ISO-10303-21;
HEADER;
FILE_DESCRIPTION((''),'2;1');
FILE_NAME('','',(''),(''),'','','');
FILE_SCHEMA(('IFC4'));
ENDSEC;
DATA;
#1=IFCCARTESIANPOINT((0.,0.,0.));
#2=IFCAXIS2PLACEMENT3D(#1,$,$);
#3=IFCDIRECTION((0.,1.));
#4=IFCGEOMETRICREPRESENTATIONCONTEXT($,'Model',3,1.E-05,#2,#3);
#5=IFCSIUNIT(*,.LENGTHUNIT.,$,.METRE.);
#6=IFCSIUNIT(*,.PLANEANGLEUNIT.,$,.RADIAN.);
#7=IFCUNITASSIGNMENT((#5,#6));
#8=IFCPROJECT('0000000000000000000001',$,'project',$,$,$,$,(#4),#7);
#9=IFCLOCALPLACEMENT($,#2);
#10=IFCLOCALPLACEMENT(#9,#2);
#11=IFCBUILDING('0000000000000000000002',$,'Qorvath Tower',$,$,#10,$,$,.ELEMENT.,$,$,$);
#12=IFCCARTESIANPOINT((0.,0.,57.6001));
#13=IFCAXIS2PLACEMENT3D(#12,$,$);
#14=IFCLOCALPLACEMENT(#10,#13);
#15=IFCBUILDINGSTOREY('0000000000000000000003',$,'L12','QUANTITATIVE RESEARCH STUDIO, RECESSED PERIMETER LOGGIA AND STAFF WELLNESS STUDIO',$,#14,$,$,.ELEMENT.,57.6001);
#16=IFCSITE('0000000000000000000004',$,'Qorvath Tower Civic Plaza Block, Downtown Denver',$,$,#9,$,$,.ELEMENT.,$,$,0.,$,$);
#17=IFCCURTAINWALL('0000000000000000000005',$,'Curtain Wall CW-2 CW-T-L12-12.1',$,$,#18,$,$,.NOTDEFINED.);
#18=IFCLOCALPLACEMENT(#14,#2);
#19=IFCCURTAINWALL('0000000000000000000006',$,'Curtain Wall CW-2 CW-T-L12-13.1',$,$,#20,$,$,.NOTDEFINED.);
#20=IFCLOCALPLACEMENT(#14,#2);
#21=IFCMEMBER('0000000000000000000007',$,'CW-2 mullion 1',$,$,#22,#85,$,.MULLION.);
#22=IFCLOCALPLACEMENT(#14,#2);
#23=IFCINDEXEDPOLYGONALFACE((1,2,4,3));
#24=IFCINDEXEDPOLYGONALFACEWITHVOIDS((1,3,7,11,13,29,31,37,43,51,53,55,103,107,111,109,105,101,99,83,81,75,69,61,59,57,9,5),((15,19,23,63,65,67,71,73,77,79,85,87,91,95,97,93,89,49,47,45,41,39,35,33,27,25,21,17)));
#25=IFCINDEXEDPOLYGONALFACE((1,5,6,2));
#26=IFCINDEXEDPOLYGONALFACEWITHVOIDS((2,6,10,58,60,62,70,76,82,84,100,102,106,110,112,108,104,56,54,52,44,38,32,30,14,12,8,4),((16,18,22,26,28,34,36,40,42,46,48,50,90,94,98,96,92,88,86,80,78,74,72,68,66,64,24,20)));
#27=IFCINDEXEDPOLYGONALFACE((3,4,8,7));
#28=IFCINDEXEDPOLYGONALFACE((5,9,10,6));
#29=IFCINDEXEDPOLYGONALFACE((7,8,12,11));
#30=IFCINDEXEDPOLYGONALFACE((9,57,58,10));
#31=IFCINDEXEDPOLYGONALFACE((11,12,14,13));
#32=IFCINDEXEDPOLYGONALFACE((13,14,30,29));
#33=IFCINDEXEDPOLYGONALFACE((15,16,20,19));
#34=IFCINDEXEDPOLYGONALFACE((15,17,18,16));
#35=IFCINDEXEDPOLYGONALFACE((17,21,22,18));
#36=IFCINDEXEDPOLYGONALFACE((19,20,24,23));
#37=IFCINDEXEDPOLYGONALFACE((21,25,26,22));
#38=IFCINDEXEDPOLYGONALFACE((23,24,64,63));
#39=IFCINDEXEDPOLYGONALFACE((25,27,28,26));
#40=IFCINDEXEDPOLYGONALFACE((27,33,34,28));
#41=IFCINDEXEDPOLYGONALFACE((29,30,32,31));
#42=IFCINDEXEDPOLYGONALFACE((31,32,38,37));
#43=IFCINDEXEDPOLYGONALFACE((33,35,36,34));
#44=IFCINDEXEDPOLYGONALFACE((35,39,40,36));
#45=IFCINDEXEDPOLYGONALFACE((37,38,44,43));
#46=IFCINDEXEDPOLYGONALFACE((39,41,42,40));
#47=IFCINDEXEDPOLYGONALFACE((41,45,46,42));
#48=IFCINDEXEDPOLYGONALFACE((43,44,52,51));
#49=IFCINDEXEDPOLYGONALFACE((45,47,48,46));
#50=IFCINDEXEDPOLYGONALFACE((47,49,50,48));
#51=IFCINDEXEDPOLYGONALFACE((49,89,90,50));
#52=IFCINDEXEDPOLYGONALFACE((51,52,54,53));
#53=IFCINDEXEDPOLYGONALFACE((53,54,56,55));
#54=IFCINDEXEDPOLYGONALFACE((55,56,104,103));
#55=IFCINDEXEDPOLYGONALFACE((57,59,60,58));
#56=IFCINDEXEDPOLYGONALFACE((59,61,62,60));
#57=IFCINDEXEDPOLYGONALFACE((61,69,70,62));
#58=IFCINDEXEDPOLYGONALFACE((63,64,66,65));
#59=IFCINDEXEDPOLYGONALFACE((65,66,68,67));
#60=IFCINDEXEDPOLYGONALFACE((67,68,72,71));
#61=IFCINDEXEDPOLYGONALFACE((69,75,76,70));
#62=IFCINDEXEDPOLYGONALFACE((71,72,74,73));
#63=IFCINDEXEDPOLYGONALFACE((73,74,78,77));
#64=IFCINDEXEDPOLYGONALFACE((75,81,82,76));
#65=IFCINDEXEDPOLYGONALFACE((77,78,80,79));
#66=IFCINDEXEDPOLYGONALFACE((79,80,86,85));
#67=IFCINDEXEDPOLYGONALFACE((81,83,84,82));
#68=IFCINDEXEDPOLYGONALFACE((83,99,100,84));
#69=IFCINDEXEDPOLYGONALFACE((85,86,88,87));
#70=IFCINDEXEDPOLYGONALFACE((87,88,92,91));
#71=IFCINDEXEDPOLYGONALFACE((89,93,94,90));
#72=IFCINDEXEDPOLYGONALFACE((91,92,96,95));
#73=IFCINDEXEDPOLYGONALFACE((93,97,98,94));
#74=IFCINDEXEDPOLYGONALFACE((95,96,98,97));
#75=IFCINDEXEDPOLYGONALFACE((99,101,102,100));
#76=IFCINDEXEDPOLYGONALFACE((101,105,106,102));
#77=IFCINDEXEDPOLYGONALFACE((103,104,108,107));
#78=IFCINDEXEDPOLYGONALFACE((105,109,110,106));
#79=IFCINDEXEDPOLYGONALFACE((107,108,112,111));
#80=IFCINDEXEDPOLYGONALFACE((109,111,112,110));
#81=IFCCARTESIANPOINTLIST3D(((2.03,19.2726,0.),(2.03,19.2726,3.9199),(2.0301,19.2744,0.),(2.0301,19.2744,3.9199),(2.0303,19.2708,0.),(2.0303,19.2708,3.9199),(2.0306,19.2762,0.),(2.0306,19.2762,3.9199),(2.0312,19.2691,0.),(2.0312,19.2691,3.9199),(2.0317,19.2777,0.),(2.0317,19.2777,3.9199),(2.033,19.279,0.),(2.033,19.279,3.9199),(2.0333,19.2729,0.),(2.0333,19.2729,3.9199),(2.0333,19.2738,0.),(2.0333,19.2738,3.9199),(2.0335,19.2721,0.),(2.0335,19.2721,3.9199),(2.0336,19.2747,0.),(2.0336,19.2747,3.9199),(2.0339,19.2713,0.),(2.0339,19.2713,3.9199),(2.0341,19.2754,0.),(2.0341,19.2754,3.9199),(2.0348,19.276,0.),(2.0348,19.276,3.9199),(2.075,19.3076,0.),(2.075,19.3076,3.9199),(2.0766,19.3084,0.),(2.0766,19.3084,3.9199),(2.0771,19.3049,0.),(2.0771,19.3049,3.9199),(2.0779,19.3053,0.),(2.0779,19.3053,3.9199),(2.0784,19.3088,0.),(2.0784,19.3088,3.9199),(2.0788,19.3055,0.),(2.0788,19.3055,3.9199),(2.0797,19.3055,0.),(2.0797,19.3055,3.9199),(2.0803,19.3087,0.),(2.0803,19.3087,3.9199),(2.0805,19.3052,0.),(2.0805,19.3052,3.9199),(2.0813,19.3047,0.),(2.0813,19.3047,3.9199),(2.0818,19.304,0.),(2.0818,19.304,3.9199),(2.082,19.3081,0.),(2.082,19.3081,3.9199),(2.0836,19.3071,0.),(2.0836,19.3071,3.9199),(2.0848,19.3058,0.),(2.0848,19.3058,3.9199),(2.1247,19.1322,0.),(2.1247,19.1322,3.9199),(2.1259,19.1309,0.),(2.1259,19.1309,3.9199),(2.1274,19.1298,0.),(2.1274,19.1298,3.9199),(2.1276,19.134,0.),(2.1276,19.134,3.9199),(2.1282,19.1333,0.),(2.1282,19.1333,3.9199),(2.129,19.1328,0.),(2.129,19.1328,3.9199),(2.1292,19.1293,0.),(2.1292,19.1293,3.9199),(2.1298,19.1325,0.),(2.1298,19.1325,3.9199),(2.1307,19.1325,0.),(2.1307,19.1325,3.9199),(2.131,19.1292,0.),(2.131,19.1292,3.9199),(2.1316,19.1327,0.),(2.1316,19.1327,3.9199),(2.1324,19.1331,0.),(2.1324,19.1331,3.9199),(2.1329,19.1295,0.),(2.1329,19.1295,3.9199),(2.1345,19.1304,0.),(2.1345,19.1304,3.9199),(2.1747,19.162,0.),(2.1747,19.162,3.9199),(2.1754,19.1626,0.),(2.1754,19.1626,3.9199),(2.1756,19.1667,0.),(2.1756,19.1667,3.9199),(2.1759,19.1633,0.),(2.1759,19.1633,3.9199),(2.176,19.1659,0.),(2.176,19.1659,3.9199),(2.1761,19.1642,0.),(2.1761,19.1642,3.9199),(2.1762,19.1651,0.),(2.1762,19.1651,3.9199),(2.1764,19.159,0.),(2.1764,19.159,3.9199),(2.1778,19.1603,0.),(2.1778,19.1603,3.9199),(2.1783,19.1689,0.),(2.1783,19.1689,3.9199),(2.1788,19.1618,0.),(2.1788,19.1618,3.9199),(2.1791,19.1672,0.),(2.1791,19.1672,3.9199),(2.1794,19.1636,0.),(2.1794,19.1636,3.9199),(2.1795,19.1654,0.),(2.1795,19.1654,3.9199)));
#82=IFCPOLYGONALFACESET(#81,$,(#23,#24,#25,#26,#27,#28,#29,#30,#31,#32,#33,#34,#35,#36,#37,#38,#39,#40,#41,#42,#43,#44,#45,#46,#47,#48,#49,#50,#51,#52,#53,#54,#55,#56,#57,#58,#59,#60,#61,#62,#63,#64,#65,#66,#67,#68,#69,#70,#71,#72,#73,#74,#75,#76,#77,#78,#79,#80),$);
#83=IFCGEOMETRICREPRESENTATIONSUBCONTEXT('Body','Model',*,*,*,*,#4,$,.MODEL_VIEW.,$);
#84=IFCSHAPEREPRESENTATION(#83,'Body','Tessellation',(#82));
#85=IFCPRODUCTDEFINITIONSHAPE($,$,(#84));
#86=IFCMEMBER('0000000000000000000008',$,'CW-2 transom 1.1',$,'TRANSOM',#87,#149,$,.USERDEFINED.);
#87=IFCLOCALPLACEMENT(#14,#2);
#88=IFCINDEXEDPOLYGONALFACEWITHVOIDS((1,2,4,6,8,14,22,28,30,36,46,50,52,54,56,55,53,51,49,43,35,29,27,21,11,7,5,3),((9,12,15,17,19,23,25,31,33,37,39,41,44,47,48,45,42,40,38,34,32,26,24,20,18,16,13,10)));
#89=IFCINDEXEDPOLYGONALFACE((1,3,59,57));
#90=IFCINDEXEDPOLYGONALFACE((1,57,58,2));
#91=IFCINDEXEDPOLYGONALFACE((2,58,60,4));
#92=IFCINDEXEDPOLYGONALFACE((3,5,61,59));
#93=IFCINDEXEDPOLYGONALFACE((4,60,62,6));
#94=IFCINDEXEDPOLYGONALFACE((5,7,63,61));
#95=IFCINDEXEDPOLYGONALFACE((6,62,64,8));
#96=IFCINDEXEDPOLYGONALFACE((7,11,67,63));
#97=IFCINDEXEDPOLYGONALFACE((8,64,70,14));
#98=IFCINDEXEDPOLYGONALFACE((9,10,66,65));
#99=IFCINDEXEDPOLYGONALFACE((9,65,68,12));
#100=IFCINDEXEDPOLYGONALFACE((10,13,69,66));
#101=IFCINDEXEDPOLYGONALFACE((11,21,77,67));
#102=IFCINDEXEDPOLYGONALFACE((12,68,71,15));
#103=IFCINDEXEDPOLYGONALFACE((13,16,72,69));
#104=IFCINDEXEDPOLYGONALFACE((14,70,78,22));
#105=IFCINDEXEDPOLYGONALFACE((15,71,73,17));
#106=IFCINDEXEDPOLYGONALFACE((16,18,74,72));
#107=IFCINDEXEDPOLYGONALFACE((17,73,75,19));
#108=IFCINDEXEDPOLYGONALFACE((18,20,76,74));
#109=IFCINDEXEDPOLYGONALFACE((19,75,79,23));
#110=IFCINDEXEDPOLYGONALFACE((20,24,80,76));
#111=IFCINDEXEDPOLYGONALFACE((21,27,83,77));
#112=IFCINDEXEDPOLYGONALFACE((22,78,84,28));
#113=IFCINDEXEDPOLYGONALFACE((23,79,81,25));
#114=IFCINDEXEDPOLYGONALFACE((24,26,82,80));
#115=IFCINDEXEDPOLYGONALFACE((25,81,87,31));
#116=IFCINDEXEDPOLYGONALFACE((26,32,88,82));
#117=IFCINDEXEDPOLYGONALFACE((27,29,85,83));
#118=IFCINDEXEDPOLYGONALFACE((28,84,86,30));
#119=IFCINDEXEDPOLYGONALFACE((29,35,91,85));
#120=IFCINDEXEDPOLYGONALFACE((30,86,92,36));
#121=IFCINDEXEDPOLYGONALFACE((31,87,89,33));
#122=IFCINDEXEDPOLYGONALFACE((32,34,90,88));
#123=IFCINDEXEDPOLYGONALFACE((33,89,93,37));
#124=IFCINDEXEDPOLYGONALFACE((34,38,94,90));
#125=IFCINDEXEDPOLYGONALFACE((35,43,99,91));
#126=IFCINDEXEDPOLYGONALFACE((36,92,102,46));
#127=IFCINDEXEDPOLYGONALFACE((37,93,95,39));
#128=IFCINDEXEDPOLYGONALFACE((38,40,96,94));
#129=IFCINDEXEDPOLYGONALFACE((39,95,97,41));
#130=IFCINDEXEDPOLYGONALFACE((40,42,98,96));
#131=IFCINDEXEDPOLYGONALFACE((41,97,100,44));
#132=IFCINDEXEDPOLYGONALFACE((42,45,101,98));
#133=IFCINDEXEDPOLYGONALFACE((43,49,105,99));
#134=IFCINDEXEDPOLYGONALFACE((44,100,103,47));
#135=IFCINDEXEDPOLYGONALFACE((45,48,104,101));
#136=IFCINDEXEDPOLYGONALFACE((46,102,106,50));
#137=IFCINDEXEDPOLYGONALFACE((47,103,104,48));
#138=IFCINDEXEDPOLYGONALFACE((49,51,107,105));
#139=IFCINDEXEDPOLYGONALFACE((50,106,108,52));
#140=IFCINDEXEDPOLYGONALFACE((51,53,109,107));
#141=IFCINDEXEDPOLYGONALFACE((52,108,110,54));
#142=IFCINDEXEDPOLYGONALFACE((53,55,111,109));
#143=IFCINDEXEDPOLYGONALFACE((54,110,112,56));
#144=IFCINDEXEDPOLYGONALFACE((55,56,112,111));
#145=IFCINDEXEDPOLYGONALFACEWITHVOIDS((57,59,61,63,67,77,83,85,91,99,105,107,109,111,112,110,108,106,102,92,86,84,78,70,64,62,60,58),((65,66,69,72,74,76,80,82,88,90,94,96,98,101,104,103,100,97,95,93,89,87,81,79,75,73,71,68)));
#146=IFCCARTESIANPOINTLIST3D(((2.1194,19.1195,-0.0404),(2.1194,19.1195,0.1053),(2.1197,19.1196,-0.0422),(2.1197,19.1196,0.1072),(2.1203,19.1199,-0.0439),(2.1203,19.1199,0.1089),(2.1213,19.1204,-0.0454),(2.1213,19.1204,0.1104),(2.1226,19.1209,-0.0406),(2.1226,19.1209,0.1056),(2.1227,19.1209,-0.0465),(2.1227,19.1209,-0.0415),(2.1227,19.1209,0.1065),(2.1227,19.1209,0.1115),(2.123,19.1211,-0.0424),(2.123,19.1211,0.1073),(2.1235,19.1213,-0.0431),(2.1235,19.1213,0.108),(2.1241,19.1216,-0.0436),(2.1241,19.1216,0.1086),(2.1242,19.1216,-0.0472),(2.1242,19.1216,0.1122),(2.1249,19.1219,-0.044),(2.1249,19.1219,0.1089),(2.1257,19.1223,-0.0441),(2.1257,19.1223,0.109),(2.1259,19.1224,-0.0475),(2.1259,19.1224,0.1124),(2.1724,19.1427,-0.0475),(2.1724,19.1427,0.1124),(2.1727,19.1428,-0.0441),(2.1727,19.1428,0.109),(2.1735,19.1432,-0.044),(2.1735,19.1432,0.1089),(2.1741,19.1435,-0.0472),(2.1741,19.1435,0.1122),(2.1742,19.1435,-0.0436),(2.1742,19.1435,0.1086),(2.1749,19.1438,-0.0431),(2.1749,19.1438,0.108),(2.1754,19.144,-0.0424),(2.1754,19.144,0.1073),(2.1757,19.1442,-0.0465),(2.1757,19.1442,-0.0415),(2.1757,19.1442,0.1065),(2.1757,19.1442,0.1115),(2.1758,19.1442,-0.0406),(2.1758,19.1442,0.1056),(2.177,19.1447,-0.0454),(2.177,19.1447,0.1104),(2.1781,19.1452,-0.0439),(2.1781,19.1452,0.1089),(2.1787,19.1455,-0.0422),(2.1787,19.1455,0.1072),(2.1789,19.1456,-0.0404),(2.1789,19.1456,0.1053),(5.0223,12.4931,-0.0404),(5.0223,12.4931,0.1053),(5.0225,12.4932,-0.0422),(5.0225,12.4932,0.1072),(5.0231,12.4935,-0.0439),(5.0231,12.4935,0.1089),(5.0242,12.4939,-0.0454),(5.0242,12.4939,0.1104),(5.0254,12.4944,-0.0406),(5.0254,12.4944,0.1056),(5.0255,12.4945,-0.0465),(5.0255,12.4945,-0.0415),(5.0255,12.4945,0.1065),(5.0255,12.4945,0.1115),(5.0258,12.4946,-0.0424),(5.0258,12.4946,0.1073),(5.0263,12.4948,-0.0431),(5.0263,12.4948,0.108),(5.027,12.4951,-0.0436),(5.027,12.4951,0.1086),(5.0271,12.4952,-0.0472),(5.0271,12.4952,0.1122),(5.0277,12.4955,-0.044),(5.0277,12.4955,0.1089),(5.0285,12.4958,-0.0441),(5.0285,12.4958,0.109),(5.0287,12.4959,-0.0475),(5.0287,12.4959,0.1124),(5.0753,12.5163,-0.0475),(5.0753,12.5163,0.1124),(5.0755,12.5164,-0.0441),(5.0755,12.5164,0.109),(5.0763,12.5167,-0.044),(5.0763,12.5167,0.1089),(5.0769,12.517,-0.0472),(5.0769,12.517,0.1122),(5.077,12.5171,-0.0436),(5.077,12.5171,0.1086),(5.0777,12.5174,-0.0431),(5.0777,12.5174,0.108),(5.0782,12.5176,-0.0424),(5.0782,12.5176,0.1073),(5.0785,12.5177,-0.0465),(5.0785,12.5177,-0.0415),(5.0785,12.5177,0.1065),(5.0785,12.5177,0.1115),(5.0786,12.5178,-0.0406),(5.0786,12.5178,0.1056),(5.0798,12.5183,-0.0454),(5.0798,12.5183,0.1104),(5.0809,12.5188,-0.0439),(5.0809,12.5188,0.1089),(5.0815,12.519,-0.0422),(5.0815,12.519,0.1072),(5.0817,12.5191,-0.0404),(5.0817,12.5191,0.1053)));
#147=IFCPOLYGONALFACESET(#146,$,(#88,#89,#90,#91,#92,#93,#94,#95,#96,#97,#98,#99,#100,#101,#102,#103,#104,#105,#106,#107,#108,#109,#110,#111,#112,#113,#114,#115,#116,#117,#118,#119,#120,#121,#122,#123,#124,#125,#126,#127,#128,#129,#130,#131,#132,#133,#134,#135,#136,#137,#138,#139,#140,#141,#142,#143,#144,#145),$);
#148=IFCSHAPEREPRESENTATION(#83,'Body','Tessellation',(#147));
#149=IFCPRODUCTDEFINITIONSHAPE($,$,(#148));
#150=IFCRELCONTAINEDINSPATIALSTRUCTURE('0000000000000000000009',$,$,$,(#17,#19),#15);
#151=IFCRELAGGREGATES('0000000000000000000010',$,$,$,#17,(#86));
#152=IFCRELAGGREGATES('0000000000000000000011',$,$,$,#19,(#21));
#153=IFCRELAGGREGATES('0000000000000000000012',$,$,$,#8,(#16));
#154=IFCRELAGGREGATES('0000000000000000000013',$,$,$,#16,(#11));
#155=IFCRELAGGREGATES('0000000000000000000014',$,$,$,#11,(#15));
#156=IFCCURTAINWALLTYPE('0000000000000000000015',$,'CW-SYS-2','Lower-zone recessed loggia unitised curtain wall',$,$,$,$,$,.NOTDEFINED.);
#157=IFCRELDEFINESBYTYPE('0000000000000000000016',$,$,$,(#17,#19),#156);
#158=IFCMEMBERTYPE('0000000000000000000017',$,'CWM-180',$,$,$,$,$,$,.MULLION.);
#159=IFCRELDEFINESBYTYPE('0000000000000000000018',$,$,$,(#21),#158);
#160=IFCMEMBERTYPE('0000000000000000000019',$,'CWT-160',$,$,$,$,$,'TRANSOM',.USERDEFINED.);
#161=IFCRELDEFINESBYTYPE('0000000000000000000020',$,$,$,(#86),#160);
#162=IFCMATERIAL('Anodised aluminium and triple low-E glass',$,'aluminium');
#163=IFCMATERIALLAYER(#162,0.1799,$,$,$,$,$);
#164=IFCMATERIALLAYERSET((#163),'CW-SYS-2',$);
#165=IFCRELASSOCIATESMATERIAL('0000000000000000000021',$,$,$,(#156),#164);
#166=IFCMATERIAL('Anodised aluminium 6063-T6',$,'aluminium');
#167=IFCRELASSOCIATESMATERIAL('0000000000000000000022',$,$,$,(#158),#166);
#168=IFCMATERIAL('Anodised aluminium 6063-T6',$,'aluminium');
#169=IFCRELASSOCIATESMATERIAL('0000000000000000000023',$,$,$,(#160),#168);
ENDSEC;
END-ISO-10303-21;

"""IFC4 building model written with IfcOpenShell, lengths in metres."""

from ifc_helpers import new_model, si_unit, direction, frame, origin, origin_2d, place, context, subcontext, project, spatial, hollow_rectangle, extrude, material, layer, layer_set, material_profile, profile_set, type_object, element, aggregate, save


model = new_model("IFC4")

# Units and contexts
model_context = context("Model", 3, precision=1e-05, world=origin(), true_north=direction((0.0, 1.0)))
body_context = subcontext(model_context, "Body", "Model", "MODEL_VIEW")
ifc_project = project(units=[si_unit("LENGTHUNIT", "METRE"), si_unit("PLANEANGLEUNIT", "RADIAN")], contexts=[model_context])

# Site, building, storey
site_placement = place(None, origin())
site = spatial("IfcSite", under=ifc_project, at=site_placement, Name="Qorvath Tower Civic Plaza Block, Downtown Denver", CompositionType="ELEMENT", RefElevation=0.0)
building_placement = place(site_placement, origin())
building = spatial("IfcBuilding", under=site, at=building_placement, Name="Qorvath Tower", CompositionType="ELEMENT")
storey_placement = place(building_placement, frame((0.0, 0.0, 57.6001)))
storey = spatial("IfcBuildingStorey", under=building, at=storey_placement, Name="L12", Description="QUANTITATIVE RESEARCH STUDIO, RECESSED PERIMETER LOGGIA AND STAFF WELLNESS STUDIO", CompositionType="ELEMENT", Elevation=57.6001)

# Shared definitions
ifc_material_1 = material(Name="Anodised aluminium and triple low-E glass", Category="aluminium")
ifc_layer_1 = layer(ifc_material_1, 0.1799)
ifc_layer_set_1 = layer_set([ifc_layer_1], Name="CW-SYS-2")
curtain_wall_type = type_object("IfcCurtainWallType", Name="CW-SYS-2", Description="Lower-zone recessed loggia unitised curtain wall", PredefinedType="NOTDEFINED", material=ifc_layer_set_1)
ifc_material_2 = material(Name="Anodised aluminium 6063-T6", Category="aluminium")
ifc_material_profile_1 = material_profile(ifc_material_2, hollow_rectangle(XDim=0.0649, YDim=0.1799, WallThickness=0.0034, InnerFilletRadius=0.0034, OuterFilletRadius=0.0071, at=origin_2d()), Name="CWM 180x65")
ifc_profile_set_1 = profile_set([ifc_material_profile_1], Name="Anodised aluminium 6063-T6")
member_type_1 = type_object("IfcMemberType", Name="CWM-180", PredefinedType="MULLION", material=ifc_profile_set_1)

# Curtain wall
curtain_wall_1_placement = place(storey_placement, origin())
curtain_wall_1 = element("IfcCurtainWall", 1, at=curtain_wall_1_placement, inside=storey, type_object=curtain_wall_type, Name="Curtain Wall CW-2 CW-T-L12-12.1", PredefinedType="NOTDEFINED")

# Curtain wall, member
curtain_wall_2_placement = place(storey_placement, origin())
curtain_wall_2 = element("IfcCurtainWall", 2, at=curtain_wall_2_placement, inside=storey, type_object=curtain_wall_type, Name="Curtain Wall CW-2 CW-T-L12-13.1", PredefinedType="NOTDEFINED")
member_1_placement = place(storey_placement, frame((2.1047, 19.219, 0.0), z_axis=(0.0, 0.0, 1.0), x_axis=(-0.825809, -0.56395, 0.0)))
member_1 = element("IfcMember", 3, at=member_1_placement, type_object=member_type_1, Name="CW-2 mullion 1", PredefinedType="MULLION", context=body_context, shape_type="SweptSolid", body=[
    extrude(hollow_rectangle(XDim=0.0649, YDim=0.1799, WallThickness=0.0034, InnerFilletRadius=0.0034, OuterFilletRadius=0.0071, at=origin_2d()), origin(), (0.0, 0.0, 1.0), 3.9199),
])

# Member
ifc_material_3 = material(Name="Anodised aluminium 6063-T6", Category="aluminium")
ifc_material_profile_2 = material_profile(ifc_material_3, hollow_rectangle(XDim=0.0649, YDim=0.1599, WallThickness=0.0034, InnerFilletRadius=0.0034, OuterFilletRadius=0.0071, at=origin_2d()), Name="CWT 160x65")
ifc_profile_set_2 = profile_set([ifc_material_profile_2], Name="Anodised aluminium 6063-T6")
member_type_2 = type_object("IfcMemberType", Name="CWT-160", ElementType="TRANSOM", PredefinedType="USERDEFINED", material=ifc_profile_set_2)
member_2_placement = place(storey_placement, frame((5.052, 12.5061, 0.0325), z_axis=(-0.401254, 0.915967, 0.0), x_axis=(-0.915967, -0.401254, 0.0)))
member_2 = element("IfcMember", 4, at=member_2_placement, type_object=member_type_2, Name="CW-2 transom 1.1", ObjectType="TRANSOM", PredefinedType="USERDEFINED", context=body_context, shape_type="SweptSolid", body=[
    extrude(hollow_rectangle(XDim=0.0649, YDim=0.1599, WallThickness=0.0034, InnerFilletRadius=0.0034, OuterFilletRadius=0.0071, at=origin_2d()), origin(), (0.0, 0.0, 1.0), 7.2344),
])

aggregate(curtain_wall_1, [member_2])
aggregate(curtain_wall_2, [member_1])

save(model, "model.ifc")
